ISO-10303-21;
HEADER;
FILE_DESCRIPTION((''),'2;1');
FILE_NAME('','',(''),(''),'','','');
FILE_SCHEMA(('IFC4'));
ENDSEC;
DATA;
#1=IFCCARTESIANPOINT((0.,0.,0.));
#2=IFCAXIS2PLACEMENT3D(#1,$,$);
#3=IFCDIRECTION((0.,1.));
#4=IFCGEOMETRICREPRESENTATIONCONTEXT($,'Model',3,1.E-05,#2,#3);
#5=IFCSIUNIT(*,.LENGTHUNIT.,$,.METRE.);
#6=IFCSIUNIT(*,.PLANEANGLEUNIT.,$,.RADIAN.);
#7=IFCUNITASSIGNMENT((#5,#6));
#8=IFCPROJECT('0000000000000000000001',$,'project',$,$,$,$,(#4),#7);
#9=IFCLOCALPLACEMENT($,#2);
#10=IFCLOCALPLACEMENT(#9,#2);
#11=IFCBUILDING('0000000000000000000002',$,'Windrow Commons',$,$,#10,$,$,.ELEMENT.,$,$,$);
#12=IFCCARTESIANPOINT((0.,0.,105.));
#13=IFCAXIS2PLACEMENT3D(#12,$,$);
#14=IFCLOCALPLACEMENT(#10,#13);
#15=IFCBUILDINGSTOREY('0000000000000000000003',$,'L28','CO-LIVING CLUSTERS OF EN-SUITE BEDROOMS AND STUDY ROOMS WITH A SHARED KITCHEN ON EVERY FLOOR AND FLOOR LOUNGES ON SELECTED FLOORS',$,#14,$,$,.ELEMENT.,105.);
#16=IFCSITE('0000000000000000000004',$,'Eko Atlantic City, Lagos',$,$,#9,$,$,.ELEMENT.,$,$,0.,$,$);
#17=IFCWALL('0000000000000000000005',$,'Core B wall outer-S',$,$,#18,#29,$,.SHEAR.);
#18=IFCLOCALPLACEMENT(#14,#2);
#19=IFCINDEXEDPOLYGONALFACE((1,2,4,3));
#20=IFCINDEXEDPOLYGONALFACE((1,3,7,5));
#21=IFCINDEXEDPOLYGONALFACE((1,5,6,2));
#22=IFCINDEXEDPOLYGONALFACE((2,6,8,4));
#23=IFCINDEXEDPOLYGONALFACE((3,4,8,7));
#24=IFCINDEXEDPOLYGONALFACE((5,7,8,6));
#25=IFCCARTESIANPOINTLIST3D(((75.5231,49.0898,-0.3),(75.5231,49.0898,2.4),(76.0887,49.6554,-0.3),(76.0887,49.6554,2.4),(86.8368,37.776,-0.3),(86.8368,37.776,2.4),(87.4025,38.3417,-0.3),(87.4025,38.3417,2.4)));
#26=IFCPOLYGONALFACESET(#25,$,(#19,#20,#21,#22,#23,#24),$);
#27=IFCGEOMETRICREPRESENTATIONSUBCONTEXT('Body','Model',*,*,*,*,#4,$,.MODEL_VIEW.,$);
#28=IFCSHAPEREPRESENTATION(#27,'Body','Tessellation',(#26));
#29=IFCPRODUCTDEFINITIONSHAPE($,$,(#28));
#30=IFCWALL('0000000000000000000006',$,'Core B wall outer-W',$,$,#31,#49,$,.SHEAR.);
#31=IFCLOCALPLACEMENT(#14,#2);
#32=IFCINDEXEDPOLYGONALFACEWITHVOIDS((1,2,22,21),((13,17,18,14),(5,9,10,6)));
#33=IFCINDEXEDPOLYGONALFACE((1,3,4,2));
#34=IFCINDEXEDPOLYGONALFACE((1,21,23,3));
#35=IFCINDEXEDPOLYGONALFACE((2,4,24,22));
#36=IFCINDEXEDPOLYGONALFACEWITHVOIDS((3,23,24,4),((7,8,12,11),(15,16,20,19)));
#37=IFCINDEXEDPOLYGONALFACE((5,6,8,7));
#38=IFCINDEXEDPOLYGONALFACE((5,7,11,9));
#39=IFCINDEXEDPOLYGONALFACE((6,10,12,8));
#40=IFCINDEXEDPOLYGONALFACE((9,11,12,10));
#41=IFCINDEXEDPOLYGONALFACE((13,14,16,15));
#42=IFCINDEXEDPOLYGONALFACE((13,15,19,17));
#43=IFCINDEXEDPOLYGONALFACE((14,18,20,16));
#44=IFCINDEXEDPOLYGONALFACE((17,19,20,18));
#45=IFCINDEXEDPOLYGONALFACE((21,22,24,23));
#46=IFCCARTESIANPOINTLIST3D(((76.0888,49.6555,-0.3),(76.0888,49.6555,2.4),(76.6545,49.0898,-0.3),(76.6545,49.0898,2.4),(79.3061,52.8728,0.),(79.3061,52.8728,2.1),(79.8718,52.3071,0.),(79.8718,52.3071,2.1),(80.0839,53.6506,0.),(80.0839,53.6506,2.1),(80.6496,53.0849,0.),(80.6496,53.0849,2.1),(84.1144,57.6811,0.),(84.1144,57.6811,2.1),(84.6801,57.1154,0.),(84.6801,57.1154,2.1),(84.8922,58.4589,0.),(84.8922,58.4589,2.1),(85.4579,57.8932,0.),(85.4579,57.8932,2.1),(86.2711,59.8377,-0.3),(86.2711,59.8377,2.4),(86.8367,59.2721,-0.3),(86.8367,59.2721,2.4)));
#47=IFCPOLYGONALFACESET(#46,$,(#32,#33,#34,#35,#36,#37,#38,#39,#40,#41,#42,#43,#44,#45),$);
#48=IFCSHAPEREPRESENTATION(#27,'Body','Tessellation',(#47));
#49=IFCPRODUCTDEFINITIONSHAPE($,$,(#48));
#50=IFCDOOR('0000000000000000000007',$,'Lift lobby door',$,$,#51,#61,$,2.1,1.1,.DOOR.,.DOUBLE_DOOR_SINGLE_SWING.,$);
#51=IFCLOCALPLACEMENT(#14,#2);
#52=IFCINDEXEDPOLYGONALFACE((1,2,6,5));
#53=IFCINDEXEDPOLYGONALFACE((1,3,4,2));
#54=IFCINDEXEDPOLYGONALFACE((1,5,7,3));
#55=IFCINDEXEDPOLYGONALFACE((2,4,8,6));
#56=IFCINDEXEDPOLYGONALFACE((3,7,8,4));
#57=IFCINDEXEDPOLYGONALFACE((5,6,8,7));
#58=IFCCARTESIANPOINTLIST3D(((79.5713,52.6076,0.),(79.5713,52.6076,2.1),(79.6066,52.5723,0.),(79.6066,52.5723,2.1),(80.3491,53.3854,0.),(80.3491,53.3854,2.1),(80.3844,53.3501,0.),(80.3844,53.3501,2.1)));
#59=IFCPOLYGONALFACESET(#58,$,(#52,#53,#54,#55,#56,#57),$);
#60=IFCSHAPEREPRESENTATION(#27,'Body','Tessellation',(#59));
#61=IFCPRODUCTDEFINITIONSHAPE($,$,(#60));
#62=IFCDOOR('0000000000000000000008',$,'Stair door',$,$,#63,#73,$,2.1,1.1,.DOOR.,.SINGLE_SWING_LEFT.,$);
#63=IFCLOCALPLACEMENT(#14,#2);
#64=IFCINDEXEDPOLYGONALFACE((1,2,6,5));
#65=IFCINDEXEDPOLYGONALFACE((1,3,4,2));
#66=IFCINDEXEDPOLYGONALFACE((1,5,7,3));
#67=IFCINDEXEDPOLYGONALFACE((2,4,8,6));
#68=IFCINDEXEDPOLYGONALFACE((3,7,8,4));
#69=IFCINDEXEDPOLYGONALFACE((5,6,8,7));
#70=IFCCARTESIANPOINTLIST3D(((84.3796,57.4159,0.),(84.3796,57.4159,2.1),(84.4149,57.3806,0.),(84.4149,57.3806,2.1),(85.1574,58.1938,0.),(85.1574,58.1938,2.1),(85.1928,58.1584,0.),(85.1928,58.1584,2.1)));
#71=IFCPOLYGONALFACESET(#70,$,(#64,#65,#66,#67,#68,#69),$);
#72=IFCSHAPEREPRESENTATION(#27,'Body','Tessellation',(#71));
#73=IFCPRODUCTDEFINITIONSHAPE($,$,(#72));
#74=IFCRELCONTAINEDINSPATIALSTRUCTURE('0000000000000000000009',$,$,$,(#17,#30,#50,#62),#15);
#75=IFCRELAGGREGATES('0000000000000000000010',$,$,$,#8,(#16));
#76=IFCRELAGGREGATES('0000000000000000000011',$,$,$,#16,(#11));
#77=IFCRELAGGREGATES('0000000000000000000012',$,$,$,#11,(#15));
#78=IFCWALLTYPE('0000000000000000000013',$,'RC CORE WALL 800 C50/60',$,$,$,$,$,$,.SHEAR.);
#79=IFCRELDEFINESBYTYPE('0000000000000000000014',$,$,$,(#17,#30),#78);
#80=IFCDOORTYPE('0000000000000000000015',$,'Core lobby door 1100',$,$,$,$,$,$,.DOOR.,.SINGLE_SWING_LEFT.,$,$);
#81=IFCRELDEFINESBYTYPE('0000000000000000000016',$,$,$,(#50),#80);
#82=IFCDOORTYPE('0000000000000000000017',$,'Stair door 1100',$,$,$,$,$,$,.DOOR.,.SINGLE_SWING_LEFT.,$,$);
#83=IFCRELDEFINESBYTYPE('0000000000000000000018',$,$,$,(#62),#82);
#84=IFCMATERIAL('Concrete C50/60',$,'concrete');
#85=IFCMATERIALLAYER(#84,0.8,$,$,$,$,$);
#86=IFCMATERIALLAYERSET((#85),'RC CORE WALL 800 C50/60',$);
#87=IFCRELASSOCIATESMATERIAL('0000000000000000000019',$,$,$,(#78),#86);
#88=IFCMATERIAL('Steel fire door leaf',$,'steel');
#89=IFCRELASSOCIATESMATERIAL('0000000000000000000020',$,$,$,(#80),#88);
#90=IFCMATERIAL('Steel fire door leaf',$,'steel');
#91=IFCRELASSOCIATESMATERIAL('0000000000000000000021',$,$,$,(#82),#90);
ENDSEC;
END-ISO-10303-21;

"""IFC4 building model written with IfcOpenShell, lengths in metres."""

from ifc_helpers import new_model, si_unit, direction, frame, frame_2d, origin, place, context, subcontext, project, spatial, rectangle, extrude, material, layer, layer_set, type_object, element, fill, save


model = new_model("IFC4")

# Units and contexts
model_context = context("Model", 3, precision=1e-05, world=origin(), true_north=direction((0.0, 1.0)))
body_context = subcontext(model_context, "Body", "Model", "MODEL_VIEW")
ifc_project = project(units=[si_unit("LENGTHUNIT", "METRE"), si_unit("PLANEANGLEUNIT", "RADIAN")], contexts=[model_context])

# Site, building, storey
site_placement = place(None, origin())
site = spatial("IfcSite", under=ifc_project, at=site_placement, Name="Eko Atlantic City, Lagos", CompositionType="ELEMENT", RefElevation=0.0)
building_placement = place(site_placement, origin())
building = spatial("IfcBuilding", under=site, at=building_placement, Name="Windrow Commons", CompositionType="ELEMENT")
storey_placement = place(building_placement, frame((0.0, 0.0, 105.0)))
storey = spatial("IfcBuildingStorey", under=building, at=storey_placement, Name="L28", Description="CO-LIVING CLUSTERS OF EN-SUITE BEDROOMS AND STUDY ROOMS WITH A SHARED KITCHEN ON EVERY FLOOR AND FLOOR LOUNGES ON SELECTED FLOORS", CompositionType="ELEMENT", Elevation=105.0)

# Shared definitions
ifc_material_1 = material(Name="Concrete C50/60", Category="concrete")
ifc_layer_1 = layer(ifc_material_1, 0.8)
ifc_layer_set_1 = layer_set([ifc_layer_1], Name="RC CORE WALL 800 C50/60")
wall_type_1 = type_object("IfcWallType", Name="RC CORE WALL 800 C50/60", PredefinedType="SHEAR", material=ifc_layer_set_1)
ifc_material_2 = material(Name="Steel fire door leaf", Category="steel")
door_type_1 = type_object("IfcDoorType", Name="Core lobby door 1100", OperationType="SINGLE_SWING_LEFT", PredefinedType="DOOR", material=ifc_material_2)
ifc_material_3 = material(Name="Steel fire door leaf", Category="steel")
door_type_2 = type_object("IfcDoorType", Name="Stair door 1100", OperationType="SINGLE_SWING_LEFT", PredefinedType="DOOR", material=ifc_material_3)

# Wall
wall_1_placement = place(storey_placement, frame((75.8059, 49.3726, -0.3), z_axis=(0.0, 0.0, 1.0), x_axis=(0.707107, -0.707107, 0.0)))
element("IfcWall", 1, at=wall_1_placement, inside=storey, type_object=wall_type_1, Name="Core B wall outer-S", PredefinedType="SHEAR", context=body_context, shape_type="SweptSolid", body=[
    extrude(rectangle(XDim=16.0, YDim=0.8, at=frame_2d((8.0, 0.0))), origin(), (0.0, 0.0, 1.0), 2.7),
])

# Wall, openings, doors
wall_2_placement = place(storey_placement, frame((76.3716, 49.3726, -0.3), z_axis=(0.0, 0.0, 1.0), x_axis=(0.707107, 0.707107, 0.0)))
wall_2 = element("IfcWall", 2, at=wall_2_placement, inside=storey, type_object=wall_type_1, Name="Core B wall outer-W", PredefinedType="SHEAR", context=body_context, shape_type="SweptSolid", body=[
    extrude(rectangle(XDim=14.3999, YDim=0.8, at=frame_2d((7.2, 0.0))), origin(), (0.0, 0.0, 1.0), 2.7),
])
opening_1_placement = place(wall_2_placement, frame((4.55, 0.0, 0.3)))
opening_1 = element("IfcOpeningElement", 3, at=opening_1_placement, cuts=wall_2, PredefinedType="OPENING", context=body_context, shape_type="SweptSolid", body=[
    extrude(rectangle(XDim=1.1, YDim=2.1, at=frame_2d((0.55, 1.05))), frame((0.0, 0.41, 0.0), z_axis=(0.0, -1.0, 0.0), x_axis=(1.0, 0.0, 0.0)), (0.0, 0.0, 1.0), 0.82),
])
opening_2_placement = place(wall_2_placement, frame((11.35, 0.0, 0.3)))
opening_2 = element("IfcOpeningElement", 4, at=opening_2_placement, cuts=wall_2, PredefinedType="OPENING", context=body_context, shape_type="SweptSolid", body=[
    extrude(rectangle(XDim=1.1, YDim=2.1, at=frame_2d((0.55, 1.05))), frame((0.0, 0.41, 0.0), z_axis=(0.0, -1.0, 0.0), x_axis=(1.0, 0.0, 0.0)), (0.0, 0.0, 1.0), 0.82),
])
door_1_placement = place(opening_1_placement, origin())
door_1 = element("IfcDoor", 5, at=door_1_placement, inside=storey, type_object=door_type_1, Name="Lift lobby door", OperationType="DOUBLE_DOOR_SINGLE_SWING", OverallHeight=2.1, OverallWidth=1.1, PredefinedType="DOOR", context=body_context, shape_type="SweptSolid", body=[
    extrude(rectangle(XDim=1.1, YDim=2.1, at=frame_2d((0.55, 1.05))), frame((0.0, 0.025, 0.0), z_axis=(0.0, -1.0, 0.0), x_axis=(1.0, 0.0, 0.0)), (0.0, 0.0, 1.0), 0.05),
])
fill(opening_1, door_1)
door_2_placement = place(opening_2_placement, origin())
door_2 = element("IfcDoor", 6, at=door_2_placement, inside=storey, type_object=door_type_2, Name="Stair door", OperationType="SINGLE_SWING_LEFT", OverallHeight=2.1, OverallWidth=1.1, PredefinedType="DOOR", context=body_context, shape_type="SweptSolid", body=[
    extrude(rectangle(XDim=1.1, YDim=2.1, at=frame_2d((0.55, 1.05))), frame((0.0, 0.025, 0.0), z_axis=(0.0, -1.0, 0.0), x_axis=(1.0, 0.0, 0.0)), (0.0, 0.0, 1.0), 0.05),
])
fill(opening_2, door_2)

save(model, "model.ifc")
